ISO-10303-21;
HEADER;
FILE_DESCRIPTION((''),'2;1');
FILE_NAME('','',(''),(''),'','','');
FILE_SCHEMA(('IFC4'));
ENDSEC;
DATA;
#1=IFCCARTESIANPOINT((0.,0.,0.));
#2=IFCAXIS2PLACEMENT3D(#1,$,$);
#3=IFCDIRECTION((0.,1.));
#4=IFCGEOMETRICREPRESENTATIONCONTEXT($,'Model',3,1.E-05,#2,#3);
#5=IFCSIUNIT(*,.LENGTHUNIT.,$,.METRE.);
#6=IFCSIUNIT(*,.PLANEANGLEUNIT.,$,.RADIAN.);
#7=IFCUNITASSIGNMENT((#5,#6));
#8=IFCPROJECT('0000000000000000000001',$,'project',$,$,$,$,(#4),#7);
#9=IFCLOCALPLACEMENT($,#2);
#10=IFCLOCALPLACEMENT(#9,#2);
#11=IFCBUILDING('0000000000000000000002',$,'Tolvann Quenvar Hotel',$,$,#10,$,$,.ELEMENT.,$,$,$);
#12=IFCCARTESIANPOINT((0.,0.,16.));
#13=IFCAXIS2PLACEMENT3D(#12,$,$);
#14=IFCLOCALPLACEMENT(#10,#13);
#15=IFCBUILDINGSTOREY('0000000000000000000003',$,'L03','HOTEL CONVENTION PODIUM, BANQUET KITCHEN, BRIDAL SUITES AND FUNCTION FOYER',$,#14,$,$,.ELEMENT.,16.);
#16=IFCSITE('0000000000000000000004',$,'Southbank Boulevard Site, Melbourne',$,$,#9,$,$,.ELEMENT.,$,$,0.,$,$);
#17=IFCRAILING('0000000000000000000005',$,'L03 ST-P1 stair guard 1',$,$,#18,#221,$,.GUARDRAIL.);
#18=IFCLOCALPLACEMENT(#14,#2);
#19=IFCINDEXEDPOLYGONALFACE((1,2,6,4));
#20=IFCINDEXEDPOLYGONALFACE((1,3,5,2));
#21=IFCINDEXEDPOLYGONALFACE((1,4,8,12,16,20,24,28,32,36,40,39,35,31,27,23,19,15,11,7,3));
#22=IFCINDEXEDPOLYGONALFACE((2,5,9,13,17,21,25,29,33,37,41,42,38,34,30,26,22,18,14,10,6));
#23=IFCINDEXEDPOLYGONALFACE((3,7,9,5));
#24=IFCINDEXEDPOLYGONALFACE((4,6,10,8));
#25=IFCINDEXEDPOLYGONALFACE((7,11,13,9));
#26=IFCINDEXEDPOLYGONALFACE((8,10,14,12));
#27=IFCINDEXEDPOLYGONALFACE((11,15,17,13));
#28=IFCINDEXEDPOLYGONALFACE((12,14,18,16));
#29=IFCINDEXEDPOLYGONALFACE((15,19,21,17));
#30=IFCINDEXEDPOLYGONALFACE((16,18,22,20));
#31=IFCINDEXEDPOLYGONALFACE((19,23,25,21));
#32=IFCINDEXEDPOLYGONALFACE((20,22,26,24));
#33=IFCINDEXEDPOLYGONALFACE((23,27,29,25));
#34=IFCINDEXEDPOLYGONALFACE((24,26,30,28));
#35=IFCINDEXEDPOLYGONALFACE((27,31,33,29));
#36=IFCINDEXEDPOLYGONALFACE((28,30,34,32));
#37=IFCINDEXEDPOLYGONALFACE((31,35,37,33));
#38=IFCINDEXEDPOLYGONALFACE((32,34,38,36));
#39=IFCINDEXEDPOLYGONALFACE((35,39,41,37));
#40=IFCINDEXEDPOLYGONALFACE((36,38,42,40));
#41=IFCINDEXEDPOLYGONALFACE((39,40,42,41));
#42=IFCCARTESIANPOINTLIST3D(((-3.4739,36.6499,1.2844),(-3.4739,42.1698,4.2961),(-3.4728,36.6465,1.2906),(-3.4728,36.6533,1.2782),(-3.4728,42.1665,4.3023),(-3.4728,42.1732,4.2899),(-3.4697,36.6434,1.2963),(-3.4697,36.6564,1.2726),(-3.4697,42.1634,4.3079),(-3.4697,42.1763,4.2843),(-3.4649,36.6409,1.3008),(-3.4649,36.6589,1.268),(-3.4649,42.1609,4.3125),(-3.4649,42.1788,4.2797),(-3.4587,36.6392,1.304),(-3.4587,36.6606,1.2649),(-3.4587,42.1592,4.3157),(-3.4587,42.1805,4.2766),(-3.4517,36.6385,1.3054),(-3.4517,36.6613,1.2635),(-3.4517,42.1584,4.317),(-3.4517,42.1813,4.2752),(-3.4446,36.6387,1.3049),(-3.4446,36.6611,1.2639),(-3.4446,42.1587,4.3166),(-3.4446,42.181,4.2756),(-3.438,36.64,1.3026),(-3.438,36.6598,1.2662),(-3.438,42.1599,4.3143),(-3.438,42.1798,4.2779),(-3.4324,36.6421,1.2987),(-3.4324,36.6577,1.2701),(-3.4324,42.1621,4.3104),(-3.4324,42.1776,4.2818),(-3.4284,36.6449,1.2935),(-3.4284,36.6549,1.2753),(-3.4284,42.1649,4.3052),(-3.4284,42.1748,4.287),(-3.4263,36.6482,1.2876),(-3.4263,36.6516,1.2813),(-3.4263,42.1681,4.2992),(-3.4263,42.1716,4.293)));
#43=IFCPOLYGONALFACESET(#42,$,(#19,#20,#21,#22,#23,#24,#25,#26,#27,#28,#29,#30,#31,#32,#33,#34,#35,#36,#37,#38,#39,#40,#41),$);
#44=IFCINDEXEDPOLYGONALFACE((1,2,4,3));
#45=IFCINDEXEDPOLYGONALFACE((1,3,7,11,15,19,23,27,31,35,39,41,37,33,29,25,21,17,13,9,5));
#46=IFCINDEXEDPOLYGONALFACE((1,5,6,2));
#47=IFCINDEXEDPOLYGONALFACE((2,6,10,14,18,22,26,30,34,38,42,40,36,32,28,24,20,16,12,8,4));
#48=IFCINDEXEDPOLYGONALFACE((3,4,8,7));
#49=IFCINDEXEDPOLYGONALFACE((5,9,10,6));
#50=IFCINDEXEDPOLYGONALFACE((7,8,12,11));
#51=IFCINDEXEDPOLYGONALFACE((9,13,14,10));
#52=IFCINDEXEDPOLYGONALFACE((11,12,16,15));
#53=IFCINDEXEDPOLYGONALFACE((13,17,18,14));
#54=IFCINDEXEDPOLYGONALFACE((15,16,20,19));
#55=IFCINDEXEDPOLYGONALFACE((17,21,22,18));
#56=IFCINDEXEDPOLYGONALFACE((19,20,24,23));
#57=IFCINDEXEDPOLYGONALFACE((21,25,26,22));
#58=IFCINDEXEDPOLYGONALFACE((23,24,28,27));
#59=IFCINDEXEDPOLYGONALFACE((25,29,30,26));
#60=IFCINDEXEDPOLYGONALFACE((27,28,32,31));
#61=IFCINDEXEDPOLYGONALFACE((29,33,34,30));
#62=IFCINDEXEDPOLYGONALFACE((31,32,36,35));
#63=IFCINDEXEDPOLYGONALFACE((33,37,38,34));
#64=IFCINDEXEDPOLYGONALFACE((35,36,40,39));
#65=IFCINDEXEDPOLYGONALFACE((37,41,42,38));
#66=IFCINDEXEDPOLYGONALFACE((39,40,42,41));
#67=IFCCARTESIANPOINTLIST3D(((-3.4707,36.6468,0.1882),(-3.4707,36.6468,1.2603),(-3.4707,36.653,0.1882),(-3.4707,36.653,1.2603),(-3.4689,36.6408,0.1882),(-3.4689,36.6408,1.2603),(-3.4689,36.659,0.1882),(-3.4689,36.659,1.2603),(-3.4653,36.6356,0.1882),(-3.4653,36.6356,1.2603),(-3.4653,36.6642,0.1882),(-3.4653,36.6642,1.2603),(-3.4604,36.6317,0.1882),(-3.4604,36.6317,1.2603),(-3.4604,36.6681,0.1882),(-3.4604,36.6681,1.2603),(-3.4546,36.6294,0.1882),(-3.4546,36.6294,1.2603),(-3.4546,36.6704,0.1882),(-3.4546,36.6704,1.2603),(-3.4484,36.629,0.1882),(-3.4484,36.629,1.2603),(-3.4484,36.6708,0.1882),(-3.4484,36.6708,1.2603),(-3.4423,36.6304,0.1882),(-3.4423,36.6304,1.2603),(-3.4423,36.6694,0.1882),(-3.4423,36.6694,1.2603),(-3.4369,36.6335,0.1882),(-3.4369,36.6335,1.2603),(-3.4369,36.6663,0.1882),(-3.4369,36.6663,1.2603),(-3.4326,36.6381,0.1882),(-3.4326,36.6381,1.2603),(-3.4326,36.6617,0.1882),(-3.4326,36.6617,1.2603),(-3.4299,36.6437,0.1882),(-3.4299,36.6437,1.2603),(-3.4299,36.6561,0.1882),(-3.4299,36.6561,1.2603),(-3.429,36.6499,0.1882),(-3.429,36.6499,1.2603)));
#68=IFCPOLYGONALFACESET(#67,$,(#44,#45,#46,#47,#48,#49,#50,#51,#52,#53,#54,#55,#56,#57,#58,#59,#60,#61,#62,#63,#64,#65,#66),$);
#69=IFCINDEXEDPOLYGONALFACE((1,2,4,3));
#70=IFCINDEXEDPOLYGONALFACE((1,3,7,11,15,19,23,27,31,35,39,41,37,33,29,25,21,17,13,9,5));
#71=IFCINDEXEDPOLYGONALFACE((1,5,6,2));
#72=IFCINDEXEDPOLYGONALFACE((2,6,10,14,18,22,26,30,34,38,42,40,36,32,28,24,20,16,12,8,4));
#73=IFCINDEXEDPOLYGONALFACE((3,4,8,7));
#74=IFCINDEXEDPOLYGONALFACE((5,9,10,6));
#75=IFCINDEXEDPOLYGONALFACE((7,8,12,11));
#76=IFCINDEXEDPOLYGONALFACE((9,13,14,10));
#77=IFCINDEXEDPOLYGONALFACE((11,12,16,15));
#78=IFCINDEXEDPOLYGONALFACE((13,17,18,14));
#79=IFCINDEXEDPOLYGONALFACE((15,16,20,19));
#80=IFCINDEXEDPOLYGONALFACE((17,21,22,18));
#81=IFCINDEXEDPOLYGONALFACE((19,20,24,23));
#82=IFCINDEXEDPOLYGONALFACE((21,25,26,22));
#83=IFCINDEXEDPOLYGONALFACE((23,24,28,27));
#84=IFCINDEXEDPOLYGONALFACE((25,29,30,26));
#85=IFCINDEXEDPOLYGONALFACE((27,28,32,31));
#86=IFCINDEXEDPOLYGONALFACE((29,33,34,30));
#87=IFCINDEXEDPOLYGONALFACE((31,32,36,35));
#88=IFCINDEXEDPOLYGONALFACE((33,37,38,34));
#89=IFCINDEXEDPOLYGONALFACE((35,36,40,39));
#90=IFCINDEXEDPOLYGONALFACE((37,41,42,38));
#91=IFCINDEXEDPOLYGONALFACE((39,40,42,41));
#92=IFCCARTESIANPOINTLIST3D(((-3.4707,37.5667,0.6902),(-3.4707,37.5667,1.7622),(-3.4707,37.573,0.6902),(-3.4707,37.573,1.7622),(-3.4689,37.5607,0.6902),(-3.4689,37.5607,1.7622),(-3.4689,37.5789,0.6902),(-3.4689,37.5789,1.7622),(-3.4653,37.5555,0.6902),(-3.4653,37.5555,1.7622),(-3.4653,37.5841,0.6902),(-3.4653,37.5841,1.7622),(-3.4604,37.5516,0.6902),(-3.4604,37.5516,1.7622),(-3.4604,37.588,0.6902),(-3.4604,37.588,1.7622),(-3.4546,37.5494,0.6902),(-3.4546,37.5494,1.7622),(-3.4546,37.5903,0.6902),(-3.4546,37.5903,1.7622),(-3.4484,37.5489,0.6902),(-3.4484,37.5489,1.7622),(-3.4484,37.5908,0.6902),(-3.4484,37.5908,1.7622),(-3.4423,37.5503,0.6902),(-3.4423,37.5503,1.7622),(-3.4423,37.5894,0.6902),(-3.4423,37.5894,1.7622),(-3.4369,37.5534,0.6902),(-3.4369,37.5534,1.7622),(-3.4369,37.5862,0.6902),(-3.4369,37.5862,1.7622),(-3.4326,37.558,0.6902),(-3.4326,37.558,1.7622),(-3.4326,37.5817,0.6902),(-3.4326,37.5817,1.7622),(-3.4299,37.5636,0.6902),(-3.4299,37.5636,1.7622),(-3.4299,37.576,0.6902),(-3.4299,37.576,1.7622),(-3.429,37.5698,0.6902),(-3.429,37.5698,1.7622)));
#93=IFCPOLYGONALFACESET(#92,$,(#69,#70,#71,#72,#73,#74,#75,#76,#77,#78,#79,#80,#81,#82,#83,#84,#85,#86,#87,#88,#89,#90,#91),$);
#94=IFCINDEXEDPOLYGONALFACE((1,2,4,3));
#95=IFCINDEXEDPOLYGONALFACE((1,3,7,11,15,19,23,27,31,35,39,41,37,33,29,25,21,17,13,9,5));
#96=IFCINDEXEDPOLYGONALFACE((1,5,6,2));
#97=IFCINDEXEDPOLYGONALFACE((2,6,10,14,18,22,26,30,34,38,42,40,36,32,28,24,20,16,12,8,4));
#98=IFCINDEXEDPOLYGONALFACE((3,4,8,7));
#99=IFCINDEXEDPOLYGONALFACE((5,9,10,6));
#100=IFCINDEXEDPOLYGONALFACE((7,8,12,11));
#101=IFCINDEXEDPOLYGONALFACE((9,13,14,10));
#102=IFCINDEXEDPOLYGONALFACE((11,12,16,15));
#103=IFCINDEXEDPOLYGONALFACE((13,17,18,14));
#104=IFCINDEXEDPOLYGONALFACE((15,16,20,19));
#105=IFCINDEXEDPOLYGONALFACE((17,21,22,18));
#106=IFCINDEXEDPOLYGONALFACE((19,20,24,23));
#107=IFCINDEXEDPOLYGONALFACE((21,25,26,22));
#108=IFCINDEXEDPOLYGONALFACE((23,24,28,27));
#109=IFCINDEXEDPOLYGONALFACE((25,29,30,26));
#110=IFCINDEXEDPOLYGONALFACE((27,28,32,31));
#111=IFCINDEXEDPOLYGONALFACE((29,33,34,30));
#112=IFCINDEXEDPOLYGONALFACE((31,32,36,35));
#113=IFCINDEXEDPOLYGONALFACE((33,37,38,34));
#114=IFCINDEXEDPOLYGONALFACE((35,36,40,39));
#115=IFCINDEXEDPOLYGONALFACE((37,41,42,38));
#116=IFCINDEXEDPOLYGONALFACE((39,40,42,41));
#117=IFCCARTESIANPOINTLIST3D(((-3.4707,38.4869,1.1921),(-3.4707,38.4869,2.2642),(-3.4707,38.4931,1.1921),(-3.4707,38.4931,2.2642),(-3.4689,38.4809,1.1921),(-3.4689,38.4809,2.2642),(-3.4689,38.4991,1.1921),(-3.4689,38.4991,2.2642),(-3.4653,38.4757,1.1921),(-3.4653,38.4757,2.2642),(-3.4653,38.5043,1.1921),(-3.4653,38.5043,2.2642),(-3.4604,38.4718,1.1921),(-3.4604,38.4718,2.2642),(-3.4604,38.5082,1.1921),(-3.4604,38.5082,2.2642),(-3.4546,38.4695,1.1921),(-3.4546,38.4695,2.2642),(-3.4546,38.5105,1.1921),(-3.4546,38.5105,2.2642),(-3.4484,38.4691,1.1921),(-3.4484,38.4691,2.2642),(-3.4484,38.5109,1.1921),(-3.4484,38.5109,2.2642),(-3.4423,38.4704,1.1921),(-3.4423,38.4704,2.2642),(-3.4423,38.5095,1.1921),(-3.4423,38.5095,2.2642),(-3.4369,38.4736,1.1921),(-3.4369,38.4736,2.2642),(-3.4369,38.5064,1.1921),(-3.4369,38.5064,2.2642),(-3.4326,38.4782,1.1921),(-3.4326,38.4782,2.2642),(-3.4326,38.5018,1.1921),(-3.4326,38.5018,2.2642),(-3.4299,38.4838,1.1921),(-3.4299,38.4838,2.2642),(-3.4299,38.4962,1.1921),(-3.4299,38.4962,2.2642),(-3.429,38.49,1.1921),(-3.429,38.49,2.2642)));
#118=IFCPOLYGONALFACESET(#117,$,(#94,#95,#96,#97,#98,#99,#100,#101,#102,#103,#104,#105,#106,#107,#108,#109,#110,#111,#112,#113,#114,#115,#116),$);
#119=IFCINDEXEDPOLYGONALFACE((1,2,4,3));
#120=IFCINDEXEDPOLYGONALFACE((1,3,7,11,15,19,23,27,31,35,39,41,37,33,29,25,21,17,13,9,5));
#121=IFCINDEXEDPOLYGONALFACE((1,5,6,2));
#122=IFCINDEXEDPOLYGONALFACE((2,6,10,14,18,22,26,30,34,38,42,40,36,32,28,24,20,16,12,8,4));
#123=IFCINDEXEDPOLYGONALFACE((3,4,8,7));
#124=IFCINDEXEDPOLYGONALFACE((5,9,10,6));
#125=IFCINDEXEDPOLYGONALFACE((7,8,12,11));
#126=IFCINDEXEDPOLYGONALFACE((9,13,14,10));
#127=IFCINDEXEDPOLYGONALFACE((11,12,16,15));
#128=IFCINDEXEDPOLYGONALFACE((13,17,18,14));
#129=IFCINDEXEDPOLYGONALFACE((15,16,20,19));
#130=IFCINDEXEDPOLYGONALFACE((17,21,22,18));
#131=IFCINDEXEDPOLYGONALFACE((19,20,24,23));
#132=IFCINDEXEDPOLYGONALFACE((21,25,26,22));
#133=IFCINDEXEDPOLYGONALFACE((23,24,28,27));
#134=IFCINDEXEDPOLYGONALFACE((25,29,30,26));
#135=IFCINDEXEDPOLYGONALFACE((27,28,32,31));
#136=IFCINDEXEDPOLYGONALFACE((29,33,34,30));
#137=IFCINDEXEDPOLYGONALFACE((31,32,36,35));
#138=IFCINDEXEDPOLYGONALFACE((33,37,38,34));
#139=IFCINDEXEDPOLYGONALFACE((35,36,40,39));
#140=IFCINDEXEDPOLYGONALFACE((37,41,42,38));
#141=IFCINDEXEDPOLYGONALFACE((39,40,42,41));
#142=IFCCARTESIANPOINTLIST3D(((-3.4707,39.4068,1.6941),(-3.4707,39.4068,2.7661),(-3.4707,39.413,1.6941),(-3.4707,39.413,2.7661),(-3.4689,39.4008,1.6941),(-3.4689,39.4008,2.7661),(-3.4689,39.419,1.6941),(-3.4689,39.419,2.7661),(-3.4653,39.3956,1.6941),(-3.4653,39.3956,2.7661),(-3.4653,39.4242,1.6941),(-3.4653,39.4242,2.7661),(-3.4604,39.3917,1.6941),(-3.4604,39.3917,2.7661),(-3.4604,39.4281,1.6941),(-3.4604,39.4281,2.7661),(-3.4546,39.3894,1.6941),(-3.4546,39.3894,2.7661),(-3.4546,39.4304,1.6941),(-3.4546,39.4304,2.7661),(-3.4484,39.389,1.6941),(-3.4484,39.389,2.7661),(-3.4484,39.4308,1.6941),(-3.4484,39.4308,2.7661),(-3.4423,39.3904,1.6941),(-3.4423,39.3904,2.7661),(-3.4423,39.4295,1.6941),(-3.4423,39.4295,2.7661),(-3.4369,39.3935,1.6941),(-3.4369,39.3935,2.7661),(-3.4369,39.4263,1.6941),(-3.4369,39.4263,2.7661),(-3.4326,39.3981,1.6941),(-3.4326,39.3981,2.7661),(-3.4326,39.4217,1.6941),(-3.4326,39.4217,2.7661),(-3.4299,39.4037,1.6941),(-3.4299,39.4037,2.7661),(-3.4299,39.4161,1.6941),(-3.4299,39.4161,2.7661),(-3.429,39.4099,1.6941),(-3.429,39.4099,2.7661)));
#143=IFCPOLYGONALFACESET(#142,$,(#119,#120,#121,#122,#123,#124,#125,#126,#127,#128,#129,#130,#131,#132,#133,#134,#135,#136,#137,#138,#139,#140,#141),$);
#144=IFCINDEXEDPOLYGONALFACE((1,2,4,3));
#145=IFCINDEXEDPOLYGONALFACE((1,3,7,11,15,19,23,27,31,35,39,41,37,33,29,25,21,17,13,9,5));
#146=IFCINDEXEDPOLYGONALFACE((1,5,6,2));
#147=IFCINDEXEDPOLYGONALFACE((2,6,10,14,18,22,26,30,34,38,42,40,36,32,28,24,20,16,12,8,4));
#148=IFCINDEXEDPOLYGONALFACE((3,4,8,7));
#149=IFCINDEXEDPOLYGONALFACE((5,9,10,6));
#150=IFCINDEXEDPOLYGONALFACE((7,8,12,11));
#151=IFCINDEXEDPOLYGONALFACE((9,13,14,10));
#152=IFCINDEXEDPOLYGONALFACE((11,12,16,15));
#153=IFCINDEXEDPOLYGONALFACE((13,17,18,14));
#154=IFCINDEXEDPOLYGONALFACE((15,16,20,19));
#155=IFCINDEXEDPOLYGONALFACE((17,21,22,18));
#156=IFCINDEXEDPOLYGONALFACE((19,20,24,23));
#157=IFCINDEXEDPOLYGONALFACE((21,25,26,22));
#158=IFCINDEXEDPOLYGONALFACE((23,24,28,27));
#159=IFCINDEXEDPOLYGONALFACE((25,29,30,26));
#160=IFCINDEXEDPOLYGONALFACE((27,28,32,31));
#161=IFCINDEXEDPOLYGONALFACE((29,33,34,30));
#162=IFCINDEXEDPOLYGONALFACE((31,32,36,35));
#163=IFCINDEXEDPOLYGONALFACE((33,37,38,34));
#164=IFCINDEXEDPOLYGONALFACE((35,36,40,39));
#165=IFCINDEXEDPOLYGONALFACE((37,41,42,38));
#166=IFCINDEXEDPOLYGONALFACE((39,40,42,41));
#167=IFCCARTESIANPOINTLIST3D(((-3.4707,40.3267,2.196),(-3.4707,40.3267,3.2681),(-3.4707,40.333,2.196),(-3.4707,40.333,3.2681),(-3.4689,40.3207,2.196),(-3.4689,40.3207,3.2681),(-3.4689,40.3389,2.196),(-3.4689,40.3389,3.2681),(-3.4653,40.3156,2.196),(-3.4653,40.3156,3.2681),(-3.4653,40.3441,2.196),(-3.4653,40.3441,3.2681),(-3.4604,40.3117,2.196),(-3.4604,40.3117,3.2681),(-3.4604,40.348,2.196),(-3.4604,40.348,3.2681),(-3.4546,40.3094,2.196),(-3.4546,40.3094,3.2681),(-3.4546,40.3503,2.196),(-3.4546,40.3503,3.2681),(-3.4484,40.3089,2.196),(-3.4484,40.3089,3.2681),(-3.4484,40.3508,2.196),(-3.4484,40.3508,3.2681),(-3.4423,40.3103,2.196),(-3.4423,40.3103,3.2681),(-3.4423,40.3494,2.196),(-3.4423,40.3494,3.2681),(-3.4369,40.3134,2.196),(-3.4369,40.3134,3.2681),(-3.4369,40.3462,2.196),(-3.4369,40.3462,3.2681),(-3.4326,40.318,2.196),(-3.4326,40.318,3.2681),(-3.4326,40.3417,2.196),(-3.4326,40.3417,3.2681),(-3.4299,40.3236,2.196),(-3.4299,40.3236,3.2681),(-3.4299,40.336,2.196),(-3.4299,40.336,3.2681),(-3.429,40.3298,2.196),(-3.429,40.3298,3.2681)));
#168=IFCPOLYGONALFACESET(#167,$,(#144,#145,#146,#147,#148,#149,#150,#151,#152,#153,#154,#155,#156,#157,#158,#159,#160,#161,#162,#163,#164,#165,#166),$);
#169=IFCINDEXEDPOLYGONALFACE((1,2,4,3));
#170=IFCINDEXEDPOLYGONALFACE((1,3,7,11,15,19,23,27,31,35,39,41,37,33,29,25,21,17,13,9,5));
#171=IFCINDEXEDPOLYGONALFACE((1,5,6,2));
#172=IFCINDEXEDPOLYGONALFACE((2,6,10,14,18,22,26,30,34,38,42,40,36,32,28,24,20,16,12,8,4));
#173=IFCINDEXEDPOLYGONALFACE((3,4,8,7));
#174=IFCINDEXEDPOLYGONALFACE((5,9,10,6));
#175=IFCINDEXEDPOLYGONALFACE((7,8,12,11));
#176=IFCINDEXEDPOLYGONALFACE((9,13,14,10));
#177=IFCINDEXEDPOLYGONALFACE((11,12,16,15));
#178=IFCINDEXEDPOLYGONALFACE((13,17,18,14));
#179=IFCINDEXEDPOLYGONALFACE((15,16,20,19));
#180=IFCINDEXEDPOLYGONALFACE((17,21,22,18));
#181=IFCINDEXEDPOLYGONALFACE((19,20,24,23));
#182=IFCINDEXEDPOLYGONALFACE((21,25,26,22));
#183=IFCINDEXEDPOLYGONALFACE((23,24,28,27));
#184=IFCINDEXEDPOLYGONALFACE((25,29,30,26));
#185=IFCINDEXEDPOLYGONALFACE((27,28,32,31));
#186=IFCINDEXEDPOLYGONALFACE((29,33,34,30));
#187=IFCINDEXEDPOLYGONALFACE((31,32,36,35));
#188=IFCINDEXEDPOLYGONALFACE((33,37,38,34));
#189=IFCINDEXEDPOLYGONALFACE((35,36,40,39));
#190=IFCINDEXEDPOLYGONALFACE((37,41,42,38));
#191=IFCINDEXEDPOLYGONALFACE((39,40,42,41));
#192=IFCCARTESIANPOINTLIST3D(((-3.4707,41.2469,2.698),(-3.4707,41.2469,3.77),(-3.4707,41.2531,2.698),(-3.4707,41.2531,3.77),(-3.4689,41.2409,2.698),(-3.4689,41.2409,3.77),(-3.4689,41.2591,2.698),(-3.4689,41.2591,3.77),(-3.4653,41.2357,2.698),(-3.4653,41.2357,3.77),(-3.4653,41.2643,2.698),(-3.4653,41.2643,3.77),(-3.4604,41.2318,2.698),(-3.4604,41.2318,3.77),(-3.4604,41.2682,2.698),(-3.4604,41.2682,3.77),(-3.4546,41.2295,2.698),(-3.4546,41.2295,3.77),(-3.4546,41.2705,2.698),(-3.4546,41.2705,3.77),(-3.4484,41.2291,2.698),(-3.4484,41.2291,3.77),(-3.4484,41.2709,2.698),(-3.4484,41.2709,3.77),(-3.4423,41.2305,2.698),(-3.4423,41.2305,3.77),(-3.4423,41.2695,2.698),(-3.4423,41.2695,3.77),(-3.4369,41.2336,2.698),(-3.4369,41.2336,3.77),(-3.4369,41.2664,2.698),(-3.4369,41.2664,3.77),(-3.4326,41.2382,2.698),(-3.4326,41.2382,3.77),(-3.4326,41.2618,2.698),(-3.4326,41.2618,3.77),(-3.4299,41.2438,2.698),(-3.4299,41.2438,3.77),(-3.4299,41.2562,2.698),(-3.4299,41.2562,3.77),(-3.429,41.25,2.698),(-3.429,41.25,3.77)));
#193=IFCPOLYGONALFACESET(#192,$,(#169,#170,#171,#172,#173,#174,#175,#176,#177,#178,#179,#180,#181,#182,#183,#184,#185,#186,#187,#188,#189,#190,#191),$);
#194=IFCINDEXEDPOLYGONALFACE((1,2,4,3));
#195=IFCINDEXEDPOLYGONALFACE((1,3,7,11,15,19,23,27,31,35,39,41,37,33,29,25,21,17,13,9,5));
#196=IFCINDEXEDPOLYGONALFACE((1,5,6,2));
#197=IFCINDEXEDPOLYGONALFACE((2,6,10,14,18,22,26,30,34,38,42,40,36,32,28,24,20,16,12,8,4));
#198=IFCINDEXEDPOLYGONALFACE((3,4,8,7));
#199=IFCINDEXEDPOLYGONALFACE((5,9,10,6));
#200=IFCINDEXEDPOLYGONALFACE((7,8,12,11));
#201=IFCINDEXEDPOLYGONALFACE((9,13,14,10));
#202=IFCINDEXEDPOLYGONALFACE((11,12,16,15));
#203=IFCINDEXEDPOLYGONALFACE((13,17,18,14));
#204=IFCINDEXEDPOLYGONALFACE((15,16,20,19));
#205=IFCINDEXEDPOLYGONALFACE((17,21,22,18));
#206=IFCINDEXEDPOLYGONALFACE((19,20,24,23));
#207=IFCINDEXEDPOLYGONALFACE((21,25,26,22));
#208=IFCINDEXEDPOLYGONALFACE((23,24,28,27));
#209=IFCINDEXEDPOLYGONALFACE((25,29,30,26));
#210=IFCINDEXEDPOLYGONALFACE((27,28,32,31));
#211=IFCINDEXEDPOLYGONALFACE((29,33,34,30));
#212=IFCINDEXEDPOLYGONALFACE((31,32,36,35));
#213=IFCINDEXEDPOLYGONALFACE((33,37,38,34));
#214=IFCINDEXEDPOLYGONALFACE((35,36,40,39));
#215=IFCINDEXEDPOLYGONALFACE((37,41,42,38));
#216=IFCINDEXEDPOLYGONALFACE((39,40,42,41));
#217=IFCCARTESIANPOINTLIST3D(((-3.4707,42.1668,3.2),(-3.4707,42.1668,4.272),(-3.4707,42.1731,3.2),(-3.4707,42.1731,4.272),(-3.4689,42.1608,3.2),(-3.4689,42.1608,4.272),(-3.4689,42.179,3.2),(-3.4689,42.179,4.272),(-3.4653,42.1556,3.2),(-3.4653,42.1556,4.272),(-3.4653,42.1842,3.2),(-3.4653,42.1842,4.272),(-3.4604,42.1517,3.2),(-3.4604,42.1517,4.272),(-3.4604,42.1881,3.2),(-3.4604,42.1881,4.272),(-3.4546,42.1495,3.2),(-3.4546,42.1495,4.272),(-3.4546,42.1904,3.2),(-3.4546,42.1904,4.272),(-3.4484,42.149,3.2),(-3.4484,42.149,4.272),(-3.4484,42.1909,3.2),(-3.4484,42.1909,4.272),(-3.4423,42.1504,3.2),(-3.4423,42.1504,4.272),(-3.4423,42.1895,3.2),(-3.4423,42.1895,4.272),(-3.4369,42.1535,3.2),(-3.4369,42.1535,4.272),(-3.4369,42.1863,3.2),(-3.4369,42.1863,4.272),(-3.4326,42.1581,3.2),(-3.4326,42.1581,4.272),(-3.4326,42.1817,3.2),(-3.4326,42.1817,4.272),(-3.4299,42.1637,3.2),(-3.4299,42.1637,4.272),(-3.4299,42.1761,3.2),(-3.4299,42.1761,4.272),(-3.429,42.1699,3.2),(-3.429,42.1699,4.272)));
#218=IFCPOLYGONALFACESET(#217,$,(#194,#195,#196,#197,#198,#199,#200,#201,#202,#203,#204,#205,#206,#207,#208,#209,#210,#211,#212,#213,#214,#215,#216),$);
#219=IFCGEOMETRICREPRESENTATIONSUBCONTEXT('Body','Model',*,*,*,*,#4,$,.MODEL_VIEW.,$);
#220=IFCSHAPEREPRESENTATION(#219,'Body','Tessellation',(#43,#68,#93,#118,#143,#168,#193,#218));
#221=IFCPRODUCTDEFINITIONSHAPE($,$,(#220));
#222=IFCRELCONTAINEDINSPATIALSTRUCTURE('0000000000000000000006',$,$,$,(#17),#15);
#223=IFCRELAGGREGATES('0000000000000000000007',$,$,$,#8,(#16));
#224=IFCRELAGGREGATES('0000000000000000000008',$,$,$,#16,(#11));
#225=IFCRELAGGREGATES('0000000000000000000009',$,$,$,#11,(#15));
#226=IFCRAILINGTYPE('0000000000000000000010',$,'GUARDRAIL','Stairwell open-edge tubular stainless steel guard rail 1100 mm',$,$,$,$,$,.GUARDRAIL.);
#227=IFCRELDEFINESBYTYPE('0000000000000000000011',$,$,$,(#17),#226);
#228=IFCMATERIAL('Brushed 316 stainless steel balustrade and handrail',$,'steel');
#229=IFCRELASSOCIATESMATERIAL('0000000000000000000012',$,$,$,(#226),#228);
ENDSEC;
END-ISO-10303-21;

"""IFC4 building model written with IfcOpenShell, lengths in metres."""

from ifc_helpers import new_model, si_unit, direction, frame, origin, origin_2d, place, context, subcontext, project, spatial, circle, extrude, material, type_object, element, save


model = new_model("IFC4")

# Units and contexts
model_context = context("Model", 3, precision=1e-05, world=origin(), true_north=direction((0.0, 1.0)))
body_context = subcontext(model_context, "Body", "Model", "MODEL_VIEW")
ifc_project = project(units=[si_unit("LENGTHUNIT", "METRE"), si_unit("PLANEANGLEUNIT", "RADIAN")], contexts=[model_context])

# Site, building, storey
site_placement = place(None, origin())
site = spatial("IfcSite", under=ifc_project, at=site_placement, Name="Southbank Boulevard Site, Melbourne", CompositionType="ELEMENT", RefElevation=0.0)
building_placement = place(site_placement, origin())
building = spatial("IfcBuilding", under=site, at=building_placement, Name="Tolvann Quenvar Hotel", CompositionType="ELEMENT")
storey_placement = place(building_placement, frame((0.0, 0.0, 16.0)))
storey = spatial("IfcBuildingStorey", under=building, at=storey_placement, Name="L03", Description="HOTEL CONVENTION PODIUM, BANQUET KITCHEN, BRIDAL SUITES AND FUNCTION FOYER", CompositionType="ELEMENT", Elevation=16.0)

# Railing
ifc_material_1 = material(Name="Brushed 316 stainless steel balustrade and handrail", Category="steel")
railing_type_1 = type_object("IfcRailingType", Name="GUARDRAIL", Description="Stairwell open-edge tubular stainless steel guard rail 1100 mm", PredefinedType="GUARDRAIL", material=ifc_material_1)
railing_1_placement = place(storey_placement, frame((-3.45, 36.6499, 0.1882)))
element("IfcRailing", 1, at=railing_1_placement, inside=storey, type_object=railing_type_1, Name="L03 ST-P1 stair guard 1", PredefinedType="GUARDRAIL", context=body_context, shape_type="SweptSolid", body=[
    extrude(circle(Radius=0.0239, at=origin_2d()), frame((0.0, 0.0, 1.0962), z_axis=(0.0, 0.877842, 0.47895), x_axis=(-1.0, 0.0, 0.0)), (0.0, 0.0, 1.0), 6.2881),
    extrude(circle(Radius=0.021, at=origin_2d()), origin(), (0.0, 0.0, 1.0), 1.072),
    extrude(circle(Radius=0.021, at=origin_2d()), frame((0.0, 0.9199, 0.502)), (0.0, 0.0, 1.0), 1.072),
    extrude(circle(Radius=0.021, at=origin_2d()), frame((0.0, 1.8401, 1.0039)), (0.0, 0.0, 1.0), 1.072),
    extrude(circle(Radius=0.021, at=origin_2d()), frame((0.0, 2.76, 1.5059)), (0.0, 0.0, 1.0), 1.072),
    extrude(circle(Radius=0.021, at=origin_2d()), frame((0.0, 3.6799, 2.0078)), (0.0, 0.0, 1.0), 1.072),
    extrude(circle(Radius=0.021, at=origin_2d()), frame((0.0, 4.6001, 2.5098)), (0.0, 0.0, 1.0), 1.072),
    extrude(circle(Radius=0.021, at=origin_2d()), frame((0.0, 5.52, 3.0117)), (0.0, 0.0, 1.0), 1.072),
])

save(model, "model.ifc")
